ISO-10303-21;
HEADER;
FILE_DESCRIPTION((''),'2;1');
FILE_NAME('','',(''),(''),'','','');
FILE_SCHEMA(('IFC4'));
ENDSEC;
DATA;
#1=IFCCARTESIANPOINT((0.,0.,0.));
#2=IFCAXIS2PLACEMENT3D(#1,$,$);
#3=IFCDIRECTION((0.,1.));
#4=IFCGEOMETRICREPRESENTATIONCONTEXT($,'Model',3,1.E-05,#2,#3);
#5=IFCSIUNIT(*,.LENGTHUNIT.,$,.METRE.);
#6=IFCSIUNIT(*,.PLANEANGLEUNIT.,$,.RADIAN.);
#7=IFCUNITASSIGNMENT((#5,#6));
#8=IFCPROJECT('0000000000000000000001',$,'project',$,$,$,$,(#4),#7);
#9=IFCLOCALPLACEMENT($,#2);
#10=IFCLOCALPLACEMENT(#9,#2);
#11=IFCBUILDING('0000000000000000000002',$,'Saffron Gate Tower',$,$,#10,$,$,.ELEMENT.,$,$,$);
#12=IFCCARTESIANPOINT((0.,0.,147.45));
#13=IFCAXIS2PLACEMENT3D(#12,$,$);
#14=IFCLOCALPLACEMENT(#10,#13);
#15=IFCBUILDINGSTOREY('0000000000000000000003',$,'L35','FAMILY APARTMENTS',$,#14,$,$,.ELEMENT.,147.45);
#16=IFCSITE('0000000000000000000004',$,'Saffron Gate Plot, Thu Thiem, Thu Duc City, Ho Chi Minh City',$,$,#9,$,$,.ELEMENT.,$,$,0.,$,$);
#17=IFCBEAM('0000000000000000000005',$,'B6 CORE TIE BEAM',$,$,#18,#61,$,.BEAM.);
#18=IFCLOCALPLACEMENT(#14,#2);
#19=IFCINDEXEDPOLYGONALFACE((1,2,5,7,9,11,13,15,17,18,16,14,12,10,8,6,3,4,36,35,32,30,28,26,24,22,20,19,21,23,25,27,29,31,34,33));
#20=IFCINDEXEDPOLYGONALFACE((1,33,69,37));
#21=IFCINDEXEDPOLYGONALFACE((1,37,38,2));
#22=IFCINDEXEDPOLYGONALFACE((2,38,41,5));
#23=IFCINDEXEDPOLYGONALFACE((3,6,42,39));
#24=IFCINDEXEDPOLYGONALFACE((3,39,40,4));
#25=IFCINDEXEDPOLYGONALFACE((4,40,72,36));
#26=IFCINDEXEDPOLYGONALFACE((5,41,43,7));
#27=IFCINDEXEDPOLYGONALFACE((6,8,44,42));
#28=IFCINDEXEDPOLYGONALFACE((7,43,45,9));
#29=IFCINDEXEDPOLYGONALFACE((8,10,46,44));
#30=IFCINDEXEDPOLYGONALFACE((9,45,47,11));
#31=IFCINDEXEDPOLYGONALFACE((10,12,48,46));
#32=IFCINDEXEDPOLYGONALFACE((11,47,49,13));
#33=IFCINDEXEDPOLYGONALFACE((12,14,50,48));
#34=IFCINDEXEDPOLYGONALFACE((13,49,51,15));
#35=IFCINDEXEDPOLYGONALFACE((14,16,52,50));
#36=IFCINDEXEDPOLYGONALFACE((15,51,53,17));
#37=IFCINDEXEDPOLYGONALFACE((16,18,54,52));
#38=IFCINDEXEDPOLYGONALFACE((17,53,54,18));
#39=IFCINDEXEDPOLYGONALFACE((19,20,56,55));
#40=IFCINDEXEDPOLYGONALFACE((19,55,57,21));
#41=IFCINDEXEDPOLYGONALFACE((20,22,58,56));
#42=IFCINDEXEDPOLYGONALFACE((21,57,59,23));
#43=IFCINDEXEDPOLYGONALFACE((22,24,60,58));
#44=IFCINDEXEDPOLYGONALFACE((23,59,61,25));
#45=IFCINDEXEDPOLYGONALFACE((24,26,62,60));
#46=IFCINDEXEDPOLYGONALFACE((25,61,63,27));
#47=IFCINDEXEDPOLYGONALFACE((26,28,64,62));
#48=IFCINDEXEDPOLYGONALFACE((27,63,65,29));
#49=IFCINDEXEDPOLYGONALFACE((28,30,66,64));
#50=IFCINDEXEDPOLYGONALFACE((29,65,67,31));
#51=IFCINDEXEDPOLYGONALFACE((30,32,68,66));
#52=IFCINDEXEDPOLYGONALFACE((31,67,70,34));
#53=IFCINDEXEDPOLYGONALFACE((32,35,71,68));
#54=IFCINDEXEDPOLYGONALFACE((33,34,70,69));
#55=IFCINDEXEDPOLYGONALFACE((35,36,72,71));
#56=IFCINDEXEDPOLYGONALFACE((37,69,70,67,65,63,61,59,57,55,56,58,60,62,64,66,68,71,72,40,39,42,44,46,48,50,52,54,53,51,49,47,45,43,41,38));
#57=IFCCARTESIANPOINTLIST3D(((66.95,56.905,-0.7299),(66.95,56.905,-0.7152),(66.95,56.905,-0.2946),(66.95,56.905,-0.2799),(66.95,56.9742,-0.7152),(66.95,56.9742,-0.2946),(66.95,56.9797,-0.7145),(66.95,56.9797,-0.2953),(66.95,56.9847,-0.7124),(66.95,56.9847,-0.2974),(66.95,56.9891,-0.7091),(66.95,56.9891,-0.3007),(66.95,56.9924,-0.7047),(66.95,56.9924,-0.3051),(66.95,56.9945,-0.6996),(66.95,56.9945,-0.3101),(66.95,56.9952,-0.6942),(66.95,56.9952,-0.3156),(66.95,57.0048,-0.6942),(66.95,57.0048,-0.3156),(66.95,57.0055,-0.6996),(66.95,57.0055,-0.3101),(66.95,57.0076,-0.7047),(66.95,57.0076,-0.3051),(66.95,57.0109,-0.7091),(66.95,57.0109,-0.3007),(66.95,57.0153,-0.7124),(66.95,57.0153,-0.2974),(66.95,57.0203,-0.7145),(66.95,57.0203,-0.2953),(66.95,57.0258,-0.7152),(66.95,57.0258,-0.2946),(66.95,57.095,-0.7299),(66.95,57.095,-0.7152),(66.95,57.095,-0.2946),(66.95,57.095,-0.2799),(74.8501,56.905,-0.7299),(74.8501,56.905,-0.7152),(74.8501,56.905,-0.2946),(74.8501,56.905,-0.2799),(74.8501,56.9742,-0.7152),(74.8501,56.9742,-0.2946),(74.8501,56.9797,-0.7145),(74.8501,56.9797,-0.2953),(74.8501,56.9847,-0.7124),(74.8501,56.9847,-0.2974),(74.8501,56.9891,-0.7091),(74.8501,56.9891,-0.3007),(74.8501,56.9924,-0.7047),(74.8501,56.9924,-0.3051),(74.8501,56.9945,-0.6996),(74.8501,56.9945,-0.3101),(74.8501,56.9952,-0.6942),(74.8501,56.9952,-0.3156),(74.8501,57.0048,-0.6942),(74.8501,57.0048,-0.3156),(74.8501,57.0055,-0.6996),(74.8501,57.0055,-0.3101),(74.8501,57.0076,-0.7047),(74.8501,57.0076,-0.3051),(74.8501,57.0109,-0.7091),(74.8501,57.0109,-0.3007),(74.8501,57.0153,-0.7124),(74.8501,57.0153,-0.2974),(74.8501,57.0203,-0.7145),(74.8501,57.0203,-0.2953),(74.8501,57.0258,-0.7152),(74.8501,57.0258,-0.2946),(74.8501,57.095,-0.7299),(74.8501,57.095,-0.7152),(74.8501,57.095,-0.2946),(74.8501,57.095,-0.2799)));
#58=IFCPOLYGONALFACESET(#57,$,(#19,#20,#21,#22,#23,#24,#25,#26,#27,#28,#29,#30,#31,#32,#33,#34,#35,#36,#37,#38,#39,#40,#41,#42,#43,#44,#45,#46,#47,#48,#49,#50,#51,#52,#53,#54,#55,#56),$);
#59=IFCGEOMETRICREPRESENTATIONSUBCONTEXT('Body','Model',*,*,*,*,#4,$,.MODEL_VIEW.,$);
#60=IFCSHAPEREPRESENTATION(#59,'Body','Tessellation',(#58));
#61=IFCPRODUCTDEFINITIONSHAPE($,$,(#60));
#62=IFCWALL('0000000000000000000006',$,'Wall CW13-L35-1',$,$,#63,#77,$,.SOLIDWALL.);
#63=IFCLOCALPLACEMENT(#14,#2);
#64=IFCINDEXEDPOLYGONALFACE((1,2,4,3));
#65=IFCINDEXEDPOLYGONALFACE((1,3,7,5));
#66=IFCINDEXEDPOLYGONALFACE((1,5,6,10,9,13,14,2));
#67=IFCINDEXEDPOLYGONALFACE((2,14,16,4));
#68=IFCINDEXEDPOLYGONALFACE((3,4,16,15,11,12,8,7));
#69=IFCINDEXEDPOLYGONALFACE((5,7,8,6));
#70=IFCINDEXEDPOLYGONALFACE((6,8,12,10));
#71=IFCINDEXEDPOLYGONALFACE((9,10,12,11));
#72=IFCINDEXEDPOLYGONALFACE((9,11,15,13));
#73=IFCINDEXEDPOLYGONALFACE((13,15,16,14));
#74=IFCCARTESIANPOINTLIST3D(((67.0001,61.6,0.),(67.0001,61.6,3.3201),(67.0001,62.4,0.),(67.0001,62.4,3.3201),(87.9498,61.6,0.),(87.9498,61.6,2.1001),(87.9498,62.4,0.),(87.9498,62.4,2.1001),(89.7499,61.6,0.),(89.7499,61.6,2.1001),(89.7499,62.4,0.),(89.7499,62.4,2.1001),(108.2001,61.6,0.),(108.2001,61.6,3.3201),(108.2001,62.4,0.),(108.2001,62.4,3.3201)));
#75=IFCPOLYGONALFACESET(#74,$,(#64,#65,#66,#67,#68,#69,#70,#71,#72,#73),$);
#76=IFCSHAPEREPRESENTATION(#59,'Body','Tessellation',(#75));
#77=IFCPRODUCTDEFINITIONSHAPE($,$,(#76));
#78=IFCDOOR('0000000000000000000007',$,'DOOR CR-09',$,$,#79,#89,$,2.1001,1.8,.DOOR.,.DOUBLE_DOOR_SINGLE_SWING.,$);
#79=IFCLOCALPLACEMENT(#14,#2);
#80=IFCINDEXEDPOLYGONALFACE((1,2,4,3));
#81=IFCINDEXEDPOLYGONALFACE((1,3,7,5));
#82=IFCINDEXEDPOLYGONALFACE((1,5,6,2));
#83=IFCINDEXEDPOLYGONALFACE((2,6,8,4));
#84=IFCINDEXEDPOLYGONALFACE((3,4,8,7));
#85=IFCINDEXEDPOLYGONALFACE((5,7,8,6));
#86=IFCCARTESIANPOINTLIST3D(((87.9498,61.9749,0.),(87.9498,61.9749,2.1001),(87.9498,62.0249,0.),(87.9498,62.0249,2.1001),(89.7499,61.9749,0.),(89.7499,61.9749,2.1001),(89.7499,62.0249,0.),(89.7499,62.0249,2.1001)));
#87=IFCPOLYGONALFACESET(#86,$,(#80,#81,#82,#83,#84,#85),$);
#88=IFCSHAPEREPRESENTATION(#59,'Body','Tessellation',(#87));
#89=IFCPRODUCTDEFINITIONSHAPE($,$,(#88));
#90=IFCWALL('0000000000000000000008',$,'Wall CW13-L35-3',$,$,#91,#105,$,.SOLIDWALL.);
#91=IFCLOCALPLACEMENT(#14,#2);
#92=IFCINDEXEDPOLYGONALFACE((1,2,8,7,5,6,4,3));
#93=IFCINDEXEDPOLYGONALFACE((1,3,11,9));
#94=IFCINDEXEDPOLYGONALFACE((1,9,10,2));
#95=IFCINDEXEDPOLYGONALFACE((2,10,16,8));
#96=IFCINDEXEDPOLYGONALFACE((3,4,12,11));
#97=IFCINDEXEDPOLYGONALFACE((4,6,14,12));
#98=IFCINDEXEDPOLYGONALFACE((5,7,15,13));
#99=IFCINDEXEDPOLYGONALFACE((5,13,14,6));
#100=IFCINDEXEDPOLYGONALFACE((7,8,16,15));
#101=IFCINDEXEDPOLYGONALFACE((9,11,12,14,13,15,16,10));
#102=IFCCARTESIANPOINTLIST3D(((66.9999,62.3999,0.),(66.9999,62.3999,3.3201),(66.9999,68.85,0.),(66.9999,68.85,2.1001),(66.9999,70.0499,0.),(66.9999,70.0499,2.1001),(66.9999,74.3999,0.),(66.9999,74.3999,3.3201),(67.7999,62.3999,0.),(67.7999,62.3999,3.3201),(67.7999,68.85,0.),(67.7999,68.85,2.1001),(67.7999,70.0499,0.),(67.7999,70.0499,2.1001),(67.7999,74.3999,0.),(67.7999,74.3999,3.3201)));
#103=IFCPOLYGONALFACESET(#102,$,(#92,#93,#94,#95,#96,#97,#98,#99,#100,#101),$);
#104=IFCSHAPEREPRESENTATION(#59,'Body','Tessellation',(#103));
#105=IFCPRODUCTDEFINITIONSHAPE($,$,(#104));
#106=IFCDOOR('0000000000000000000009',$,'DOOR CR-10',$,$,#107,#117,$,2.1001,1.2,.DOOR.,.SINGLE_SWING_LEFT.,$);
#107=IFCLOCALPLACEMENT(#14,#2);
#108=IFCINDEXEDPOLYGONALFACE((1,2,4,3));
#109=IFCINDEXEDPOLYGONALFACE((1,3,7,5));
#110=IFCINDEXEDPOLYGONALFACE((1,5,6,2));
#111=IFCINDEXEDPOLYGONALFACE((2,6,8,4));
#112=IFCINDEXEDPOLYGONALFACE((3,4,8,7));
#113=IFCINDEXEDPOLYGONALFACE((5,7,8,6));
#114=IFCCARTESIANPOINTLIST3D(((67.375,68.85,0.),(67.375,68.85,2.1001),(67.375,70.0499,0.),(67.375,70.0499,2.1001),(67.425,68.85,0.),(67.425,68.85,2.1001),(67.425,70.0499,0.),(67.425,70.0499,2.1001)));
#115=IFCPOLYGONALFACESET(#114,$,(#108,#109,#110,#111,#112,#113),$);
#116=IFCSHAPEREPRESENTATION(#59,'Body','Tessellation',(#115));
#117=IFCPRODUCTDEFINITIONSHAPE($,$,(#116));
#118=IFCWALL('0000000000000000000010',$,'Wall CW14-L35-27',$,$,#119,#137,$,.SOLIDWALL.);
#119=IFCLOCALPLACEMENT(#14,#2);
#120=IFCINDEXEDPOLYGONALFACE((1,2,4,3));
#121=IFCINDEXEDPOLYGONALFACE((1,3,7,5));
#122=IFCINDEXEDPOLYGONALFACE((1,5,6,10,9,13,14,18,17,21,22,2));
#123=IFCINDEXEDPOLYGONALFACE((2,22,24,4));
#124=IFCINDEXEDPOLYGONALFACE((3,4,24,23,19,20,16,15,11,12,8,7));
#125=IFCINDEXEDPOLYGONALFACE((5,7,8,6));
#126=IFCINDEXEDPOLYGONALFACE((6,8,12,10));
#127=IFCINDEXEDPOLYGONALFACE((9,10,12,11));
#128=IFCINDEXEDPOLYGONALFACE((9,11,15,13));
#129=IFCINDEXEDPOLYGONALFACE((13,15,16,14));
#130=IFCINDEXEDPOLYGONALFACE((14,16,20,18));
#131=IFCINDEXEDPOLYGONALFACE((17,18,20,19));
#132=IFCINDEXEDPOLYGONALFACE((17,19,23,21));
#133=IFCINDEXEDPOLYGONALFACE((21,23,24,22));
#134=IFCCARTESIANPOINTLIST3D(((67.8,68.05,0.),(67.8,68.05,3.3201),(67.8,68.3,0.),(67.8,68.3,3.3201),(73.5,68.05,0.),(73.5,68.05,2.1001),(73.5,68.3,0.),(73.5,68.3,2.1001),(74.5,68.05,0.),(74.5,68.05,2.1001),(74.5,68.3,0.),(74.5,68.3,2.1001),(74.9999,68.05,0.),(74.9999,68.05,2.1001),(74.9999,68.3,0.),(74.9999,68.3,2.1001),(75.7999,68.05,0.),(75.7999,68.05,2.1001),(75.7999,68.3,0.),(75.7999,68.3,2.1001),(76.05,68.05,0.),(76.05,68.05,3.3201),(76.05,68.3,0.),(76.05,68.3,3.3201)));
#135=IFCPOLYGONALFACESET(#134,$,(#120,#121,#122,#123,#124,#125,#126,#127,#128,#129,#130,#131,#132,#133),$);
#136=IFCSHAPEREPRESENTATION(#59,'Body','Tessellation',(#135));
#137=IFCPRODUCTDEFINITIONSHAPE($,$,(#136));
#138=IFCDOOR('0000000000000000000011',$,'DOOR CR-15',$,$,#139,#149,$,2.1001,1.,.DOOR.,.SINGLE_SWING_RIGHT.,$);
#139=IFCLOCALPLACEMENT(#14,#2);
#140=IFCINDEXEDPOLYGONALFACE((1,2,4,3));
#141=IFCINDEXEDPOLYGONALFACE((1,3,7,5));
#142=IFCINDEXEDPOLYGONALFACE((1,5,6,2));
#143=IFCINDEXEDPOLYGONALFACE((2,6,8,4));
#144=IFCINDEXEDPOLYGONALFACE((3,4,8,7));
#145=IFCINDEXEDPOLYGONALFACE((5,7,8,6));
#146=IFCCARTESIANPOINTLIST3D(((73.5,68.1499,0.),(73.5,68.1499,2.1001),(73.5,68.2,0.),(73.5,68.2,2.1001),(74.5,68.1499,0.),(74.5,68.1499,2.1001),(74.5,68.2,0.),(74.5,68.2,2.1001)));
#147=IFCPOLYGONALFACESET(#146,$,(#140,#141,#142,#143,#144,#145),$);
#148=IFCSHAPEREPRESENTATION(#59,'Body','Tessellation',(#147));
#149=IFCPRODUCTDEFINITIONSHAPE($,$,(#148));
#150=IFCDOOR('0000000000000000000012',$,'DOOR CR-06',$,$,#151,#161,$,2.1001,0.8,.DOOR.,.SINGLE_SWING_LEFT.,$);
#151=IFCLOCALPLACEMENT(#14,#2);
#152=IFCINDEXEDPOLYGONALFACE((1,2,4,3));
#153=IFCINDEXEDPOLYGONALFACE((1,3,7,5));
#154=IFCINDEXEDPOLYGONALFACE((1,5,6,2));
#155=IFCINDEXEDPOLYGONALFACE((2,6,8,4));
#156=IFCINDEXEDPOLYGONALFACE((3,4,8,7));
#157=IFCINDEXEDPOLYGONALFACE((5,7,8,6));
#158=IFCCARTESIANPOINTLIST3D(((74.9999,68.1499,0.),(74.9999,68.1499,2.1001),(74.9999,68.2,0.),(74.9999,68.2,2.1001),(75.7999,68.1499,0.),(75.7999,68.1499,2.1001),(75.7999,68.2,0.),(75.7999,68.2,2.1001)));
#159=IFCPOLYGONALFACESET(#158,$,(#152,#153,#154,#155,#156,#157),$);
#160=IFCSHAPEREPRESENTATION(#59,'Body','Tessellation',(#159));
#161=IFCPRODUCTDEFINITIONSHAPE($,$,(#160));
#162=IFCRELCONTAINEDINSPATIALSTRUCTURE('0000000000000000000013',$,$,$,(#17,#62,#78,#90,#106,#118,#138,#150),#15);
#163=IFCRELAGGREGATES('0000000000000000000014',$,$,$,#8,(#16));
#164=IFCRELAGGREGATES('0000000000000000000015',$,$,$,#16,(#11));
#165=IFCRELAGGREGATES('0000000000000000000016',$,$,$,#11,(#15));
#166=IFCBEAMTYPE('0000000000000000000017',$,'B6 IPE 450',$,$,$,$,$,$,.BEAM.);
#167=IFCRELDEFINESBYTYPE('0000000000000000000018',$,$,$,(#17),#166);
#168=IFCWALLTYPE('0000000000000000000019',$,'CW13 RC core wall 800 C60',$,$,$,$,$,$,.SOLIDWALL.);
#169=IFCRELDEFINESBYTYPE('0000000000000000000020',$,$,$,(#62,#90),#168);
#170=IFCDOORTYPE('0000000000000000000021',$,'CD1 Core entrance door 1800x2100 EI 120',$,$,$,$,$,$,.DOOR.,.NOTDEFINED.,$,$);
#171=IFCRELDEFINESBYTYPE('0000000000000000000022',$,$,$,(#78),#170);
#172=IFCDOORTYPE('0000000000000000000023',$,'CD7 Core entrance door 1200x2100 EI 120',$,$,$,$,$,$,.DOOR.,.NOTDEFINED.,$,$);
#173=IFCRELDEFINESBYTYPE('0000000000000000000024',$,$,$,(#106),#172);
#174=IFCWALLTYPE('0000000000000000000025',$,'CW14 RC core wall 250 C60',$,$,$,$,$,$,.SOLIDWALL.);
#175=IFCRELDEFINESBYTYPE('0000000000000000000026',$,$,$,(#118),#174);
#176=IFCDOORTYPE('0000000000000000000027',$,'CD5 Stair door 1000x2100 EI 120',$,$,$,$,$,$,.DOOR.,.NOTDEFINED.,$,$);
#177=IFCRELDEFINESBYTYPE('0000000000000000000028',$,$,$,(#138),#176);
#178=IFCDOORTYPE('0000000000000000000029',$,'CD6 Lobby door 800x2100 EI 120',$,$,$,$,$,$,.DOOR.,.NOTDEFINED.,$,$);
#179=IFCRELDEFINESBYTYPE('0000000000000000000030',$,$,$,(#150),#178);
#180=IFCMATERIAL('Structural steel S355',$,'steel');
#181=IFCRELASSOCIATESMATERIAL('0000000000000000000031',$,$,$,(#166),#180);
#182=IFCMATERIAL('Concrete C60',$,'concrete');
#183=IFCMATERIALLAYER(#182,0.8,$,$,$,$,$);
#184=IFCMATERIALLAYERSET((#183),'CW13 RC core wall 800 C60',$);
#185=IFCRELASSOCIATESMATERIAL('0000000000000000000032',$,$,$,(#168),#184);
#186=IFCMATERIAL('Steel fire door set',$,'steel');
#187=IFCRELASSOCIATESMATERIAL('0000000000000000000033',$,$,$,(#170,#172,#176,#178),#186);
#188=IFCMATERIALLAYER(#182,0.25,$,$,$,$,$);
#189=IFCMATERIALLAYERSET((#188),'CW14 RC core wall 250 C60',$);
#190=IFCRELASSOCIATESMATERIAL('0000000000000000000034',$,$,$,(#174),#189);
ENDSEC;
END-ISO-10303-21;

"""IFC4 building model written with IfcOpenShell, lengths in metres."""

from ifc_helpers import new_model, si_unit, direction, frame, frame_2d, origin, origin_2d, place, context, subcontext, project, spatial, rectangle, i_section, extrude, material, layer, layer_set, material_profile, profile_set, type_object, element, fill, save


model = new_model("IFC4")

# Units and contexts
model_context = context("Model", 3, precision=1e-05, world=origin(), true_north=direction((0.0, 1.0)))
body_context = subcontext(model_context, "Body", "Model", "MODEL_VIEW")
ifc_project = project(units=[si_unit("LENGTHUNIT", "METRE"), si_unit("PLANEANGLEUNIT", "RADIAN")], contexts=[model_context])

# Site, building, storey
site_placement = place(None, origin())
site = spatial("IfcSite", under=ifc_project, at=site_placement, Name="Saffron Gate Plot, Thu Thiem, Thu Duc City, Ho Chi Minh City", CompositionType="ELEMENT", RefElevation=0.0)
building_placement = place(site_placement, origin())
building = spatial("IfcBuilding", under=site, at=building_placement, Name="Saffron Gate Tower", CompositionType="ELEMENT")
storey_placement = place(building_placement, frame((0.0, 0.0, 147.45)))
storey = spatial("IfcBuildingStorey", under=building, at=storey_placement, Name="L35", Description="FAMILY APARTMENTS", CompositionType="ELEMENT", Elevation=147.45)

# Beam
ifc_material_1 = material(Name="Structural steel S355", Category="steel")
ifc_material_profile = material_profile(ifc_material_1, i_section(OverallWidth=0.1899, OverallDepth=0.45, WebThickness=0.0095, FlangeThickness=0.0146, FilletRadius=0.021, at=origin_2d()))
ifc_profile_set = profile_set([ifc_material_profile], Name="Structural steel S355")
beam_type = type_object("IfcBeamType", Name="B6 IPE 450", PredefinedType="BEAM", material=ifc_profile_set)
beam_placement = place(storey_placement, frame((66.95, 57.0, -0.5049), z_axis=(1.0, 0.0, 0.0), x_axis=(0.0, 1.0, 0.0)))
element("IfcBeam", 1, at=beam_placement, inside=storey, type_object=beam_type, Name="B6 CORE TIE BEAM", PredefinedType="BEAM", context=body_context, shape_type="SweptSolid", body=[
    extrude(i_section(OverallWidth=0.1899, OverallDepth=0.45, WebThickness=0.0095, FlangeThickness=0.0146, FilletRadius=0.021, at=origin_2d()), origin(), (0.0, 0.0, 1.0), 7.9001),
])

# Walls, openings, doors
ifc_material_2 = material(Name="Concrete C60", Category="concrete")
ifc_layer_1 = layer(ifc_material_2, 0.8)
ifc_layer_set_1 = layer_set([ifc_layer_1], Name="CW13 RC core wall 800 C60")
wall_type_1 = type_object("IfcWallType", Name="CW13 RC core wall 800 C60", PredefinedType="SOLIDWALL", material=ifc_layer_set_1)
wall_1_placement = place(storey_placement, frame((67.0, 62.0, 0.0), z_axis=(0.0, 0.0, 1.0), x_axis=(1.0, 0.0, 0.0)))
wall_1 = element("IfcWall", 2, at=wall_1_placement, inside=storey, type_object=wall_type_1, Name="Wall CW13-L35-1", PredefinedType="SOLIDWALL", context=body_context, shape_type="SweptSolid", body=[
    extrude(rectangle(XDim=41.2, YDim=0.8, at=frame_2d((20.6001, 0.0))), origin(), (0.0, 0.0, 1.0), 3.3201),
])
opening_1_placement = place(wall_1_placement, frame((20.95, 0.0, 0.0)))
opening_1 = element("IfcOpeningElement", 3, at=opening_1_placement, cuts=wall_1, PredefinedType="OPENING", context=body_context, shape_type="SweptSolid", body=[
    extrude(rectangle(XDim=1.8, YDim=2.1001, at=frame_2d((0.8999, 1.05))), frame((0.0, 0.4102, 0.0), z_axis=(0.0, -1.0, 0.0), x_axis=(1.0, 0.0, 0.0)), (0.0, 0.0, 1.0), 0.8201),
])
ifc_material_3 = material(Name="Steel fire door set", Category="steel")
door_type_1 = type_object("IfcDoorType", Name="CD1 Core entrance door 1800x2100 EI 120", OperationType="NOTDEFINED", PredefinedType="DOOR", material=ifc_material_3)
door_1_placement = place(opening_1_placement, origin())
door_1 = element("IfcDoor", 4, at=door_1_placement, inside=storey, type_object=door_type_1, Name="DOOR CR-09", OperationType="DOUBLE_DOOR_SINGLE_SWING", OverallHeight=2.1001, OverallWidth=1.8, PredefinedType="DOOR", context=body_context, shape_type="SweptSolid", body=[
    extrude(rectangle(XDim=1.8, YDim=2.1001, at=frame_2d((0.8999, 1.05))), frame((0.0, 0.0249, 0.0), z_axis=(0.0, -1.0, 0.0), x_axis=(1.0, 0.0, 0.0)), (0.0, 0.0, 1.0), 0.05),
])
fill(opening_1, door_1)
wall_2_placement = place(storey_placement, frame((67.3999, 62.3999, 0.0), z_axis=(0.0, 0.0, 1.0), x_axis=(0.0, 1.0, 0.0)))
wall_2 = element("IfcWall", 5, at=wall_2_placement, inside=storey, type_object=wall_type_1, Name="Wall CW13-L35-3", PredefinedType="SOLIDWALL", context=body_context, shape_type="SweptSolid", body=[
    extrude(rectangle(XDim=12.0, YDim=0.8, at=frame_2d((6.0, 0.0))), origin(), (0.0, 0.0, 1.0), 3.3201),
])
opening_2_placement = place(wall_2_placement, frame((6.45, 0.0, 0.0)))
opening_2 = element("IfcOpeningElement", 6, at=opening_2_placement, cuts=wall_2, PredefinedType="OPENING", context=body_context, shape_type="SweptSolid", body=[
    extrude(rectangle(XDim=1.2, YDim=2.1001, at=frame_2d((0.6001, 1.05))), frame((0.0, 0.4102, 0.0), z_axis=(0.0, -1.0, 0.0), x_axis=(1.0, 0.0, 0.0)), (0.0, 0.0, 1.0), 0.8201),
])
door_type_2 = type_object("IfcDoorType", Name="CD7 Core entrance door 1200x2100 EI 120", OperationType="NOTDEFINED", PredefinedType="DOOR", material=ifc_material_3)
door_2_placement = place(opening_2_placement, origin())
door_2 = element("IfcDoor", 7, at=door_2_placement, inside=storey, type_object=door_type_2, Name="DOOR CR-10", OperationType="SINGLE_SWING_LEFT", OverallHeight=2.1001, OverallWidth=1.2, PredefinedType="DOOR", context=body_context, shape_type="SweptSolid", body=[
    extrude(rectangle(XDim=1.2, YDim=2.1001, at=frame_2d((0.6001, 1.05))), frame((0.0, 0.0249, 0.0), z_axis=(0.0, -1.0, 0.0), x_axis=(1.0, 0.0, 0.0)), (0.0, 0.0, 1.0), 0.05),
])
fill(opening_2, door_2)

# Wall, openings, doors
ifc_layer_2 = layer(ifc_material_2, 0.25)
ifc_layer_set_2 = layer_set([ifc_layer_2], Name="CW14 RC core wall 250 C60")
wall_type_2 = type_object("IfcWallType", Name="CW14 RC core wall 250 C60", PredefinedType="SOLIDWALL", material=ifc_layer_set_2)
wall_3_placement = place(storey_placement, frame((67.8, 68.175, 0.0), z_axis=(0.0, 0.0, 1.0), x_axis=(1.0, 0.0, 0.0)))
wall_3 = element("IfcWall", 8, at=wall_3_placement, inside=storey, type_object=wall_type_2, Name="Wall CW14-L35-27", PredefinedType="SOLIDWALL", context=body_context, shape_type="SweptSolid", body=[
    extrude(rectangle(XDim=8.25, YDim=0.25, at=frame_2d((4.125, 0.0))), origin(), (0.0, 0.0, 1.0), 3.3201),
])
opening_3_placement = place(wall_3_placement, frame((5.7, 0.0, 0.0)))
opening_3 = element("IfcOpeningElement", 9, at=opening_3_placement, cuts=wall_3, PredefinedType="OPENING", context=body_context, shape_type="SweptSolid", body=[
    extrude(rectangle(XDim=1.0, YDim=2.1001, at=frame_2d((0.5, 1.05))), frame((0.0, 0.135, 0.0), z_axis=(0.0, -1.0, 0.0), x_axis=(1.0, 0.0, 0.0)), (0.0, 0.0, 1.0), 0.27),
])
opening_4_placement = place(wall_3_placement, frame((7.2, 0.0, 0.0)))
opening_4 = element("IfcOpeningElement", 10, at=opening_4_placement, cuts=wall_3, PredefinedType="OPENING", context=body_context, shape_type="SweptSolid", body=[
    extrude(rectangle(XDim=0.8, YDim=2.1001, at=frame_2d((0.3999, 1.05))), frame((0.0, 0.135, 0.0), z_axis=(0.0, -1.0, 0.0), x_axis=(1.0, 0.0, 0.0)), (0.0, 0.0, 1.0), 0.27),
])
door_type_3 = type_object("IfcDoorType", Name="CD5 Stair door 1000x2100 EI 120", OperationType="NOTDEFINED", PredefinedType="DOOR", material=ifc_material_3)
door_3_placement = place(opening_3_placement, origin())
door_3 = element("IfcDoor", 11, at=door_3_placement, inside=storey, type_object=door_type_3, Name="DOOR CR-15", OperationType="SINGLE_SWING_RIGHT", OverallHeight=2.1001, OverallWidth=1.0, PredefinedType="DOOR", context=body_context, shape_type="SweptSolid", body=[
    extrude(rectangle(XDim=1.0, YDim=2.1001, at=frame_2d((0.5, 1.05))), frame((0.0, 0.0249, 0.0), z_axis=(0.0, -1.0, 0.0), x_axis=(1.0, 0.0, 0.0)), (0.0, 0.0, 1.0), 0.05),
])
fill(opening_3, door_3)
door_type_4 = type_object("IfcDoorType", Name="CD6 Lobby door 800x2100 EI 120", OperationType="NOTDEFINED", PredefinedType="DOOR", material=ifc_material_3)
door_4_placement = place(opening_4_placement, origin())
door_4 = element("IfcDoor", 12, at=door_4_placement, inside=storey, type_object=door_type_4, Name="DOOR CR-06", OperationType="SINGLE_SWING_LEFT", OverallHeight=2.1001, OverallWidth=0.8, PredefinedType="DOOR", context=body_context, shape_type="SweptSolid", body=[
    extrude(rectangle(XDim=0.8, YDim=2.1001, at=frame_2d((0.3999, 1.05))), frame((0.0, 0.0249, 0.0), z_axis=(0.0, -1.0, 0.0), x_axis=(1.0, 0.0, 0.0)), (0.0, 0.0, 1.0), 0.05),
])
fill(opening_4, door_4)

save(model, "model.ifc")
